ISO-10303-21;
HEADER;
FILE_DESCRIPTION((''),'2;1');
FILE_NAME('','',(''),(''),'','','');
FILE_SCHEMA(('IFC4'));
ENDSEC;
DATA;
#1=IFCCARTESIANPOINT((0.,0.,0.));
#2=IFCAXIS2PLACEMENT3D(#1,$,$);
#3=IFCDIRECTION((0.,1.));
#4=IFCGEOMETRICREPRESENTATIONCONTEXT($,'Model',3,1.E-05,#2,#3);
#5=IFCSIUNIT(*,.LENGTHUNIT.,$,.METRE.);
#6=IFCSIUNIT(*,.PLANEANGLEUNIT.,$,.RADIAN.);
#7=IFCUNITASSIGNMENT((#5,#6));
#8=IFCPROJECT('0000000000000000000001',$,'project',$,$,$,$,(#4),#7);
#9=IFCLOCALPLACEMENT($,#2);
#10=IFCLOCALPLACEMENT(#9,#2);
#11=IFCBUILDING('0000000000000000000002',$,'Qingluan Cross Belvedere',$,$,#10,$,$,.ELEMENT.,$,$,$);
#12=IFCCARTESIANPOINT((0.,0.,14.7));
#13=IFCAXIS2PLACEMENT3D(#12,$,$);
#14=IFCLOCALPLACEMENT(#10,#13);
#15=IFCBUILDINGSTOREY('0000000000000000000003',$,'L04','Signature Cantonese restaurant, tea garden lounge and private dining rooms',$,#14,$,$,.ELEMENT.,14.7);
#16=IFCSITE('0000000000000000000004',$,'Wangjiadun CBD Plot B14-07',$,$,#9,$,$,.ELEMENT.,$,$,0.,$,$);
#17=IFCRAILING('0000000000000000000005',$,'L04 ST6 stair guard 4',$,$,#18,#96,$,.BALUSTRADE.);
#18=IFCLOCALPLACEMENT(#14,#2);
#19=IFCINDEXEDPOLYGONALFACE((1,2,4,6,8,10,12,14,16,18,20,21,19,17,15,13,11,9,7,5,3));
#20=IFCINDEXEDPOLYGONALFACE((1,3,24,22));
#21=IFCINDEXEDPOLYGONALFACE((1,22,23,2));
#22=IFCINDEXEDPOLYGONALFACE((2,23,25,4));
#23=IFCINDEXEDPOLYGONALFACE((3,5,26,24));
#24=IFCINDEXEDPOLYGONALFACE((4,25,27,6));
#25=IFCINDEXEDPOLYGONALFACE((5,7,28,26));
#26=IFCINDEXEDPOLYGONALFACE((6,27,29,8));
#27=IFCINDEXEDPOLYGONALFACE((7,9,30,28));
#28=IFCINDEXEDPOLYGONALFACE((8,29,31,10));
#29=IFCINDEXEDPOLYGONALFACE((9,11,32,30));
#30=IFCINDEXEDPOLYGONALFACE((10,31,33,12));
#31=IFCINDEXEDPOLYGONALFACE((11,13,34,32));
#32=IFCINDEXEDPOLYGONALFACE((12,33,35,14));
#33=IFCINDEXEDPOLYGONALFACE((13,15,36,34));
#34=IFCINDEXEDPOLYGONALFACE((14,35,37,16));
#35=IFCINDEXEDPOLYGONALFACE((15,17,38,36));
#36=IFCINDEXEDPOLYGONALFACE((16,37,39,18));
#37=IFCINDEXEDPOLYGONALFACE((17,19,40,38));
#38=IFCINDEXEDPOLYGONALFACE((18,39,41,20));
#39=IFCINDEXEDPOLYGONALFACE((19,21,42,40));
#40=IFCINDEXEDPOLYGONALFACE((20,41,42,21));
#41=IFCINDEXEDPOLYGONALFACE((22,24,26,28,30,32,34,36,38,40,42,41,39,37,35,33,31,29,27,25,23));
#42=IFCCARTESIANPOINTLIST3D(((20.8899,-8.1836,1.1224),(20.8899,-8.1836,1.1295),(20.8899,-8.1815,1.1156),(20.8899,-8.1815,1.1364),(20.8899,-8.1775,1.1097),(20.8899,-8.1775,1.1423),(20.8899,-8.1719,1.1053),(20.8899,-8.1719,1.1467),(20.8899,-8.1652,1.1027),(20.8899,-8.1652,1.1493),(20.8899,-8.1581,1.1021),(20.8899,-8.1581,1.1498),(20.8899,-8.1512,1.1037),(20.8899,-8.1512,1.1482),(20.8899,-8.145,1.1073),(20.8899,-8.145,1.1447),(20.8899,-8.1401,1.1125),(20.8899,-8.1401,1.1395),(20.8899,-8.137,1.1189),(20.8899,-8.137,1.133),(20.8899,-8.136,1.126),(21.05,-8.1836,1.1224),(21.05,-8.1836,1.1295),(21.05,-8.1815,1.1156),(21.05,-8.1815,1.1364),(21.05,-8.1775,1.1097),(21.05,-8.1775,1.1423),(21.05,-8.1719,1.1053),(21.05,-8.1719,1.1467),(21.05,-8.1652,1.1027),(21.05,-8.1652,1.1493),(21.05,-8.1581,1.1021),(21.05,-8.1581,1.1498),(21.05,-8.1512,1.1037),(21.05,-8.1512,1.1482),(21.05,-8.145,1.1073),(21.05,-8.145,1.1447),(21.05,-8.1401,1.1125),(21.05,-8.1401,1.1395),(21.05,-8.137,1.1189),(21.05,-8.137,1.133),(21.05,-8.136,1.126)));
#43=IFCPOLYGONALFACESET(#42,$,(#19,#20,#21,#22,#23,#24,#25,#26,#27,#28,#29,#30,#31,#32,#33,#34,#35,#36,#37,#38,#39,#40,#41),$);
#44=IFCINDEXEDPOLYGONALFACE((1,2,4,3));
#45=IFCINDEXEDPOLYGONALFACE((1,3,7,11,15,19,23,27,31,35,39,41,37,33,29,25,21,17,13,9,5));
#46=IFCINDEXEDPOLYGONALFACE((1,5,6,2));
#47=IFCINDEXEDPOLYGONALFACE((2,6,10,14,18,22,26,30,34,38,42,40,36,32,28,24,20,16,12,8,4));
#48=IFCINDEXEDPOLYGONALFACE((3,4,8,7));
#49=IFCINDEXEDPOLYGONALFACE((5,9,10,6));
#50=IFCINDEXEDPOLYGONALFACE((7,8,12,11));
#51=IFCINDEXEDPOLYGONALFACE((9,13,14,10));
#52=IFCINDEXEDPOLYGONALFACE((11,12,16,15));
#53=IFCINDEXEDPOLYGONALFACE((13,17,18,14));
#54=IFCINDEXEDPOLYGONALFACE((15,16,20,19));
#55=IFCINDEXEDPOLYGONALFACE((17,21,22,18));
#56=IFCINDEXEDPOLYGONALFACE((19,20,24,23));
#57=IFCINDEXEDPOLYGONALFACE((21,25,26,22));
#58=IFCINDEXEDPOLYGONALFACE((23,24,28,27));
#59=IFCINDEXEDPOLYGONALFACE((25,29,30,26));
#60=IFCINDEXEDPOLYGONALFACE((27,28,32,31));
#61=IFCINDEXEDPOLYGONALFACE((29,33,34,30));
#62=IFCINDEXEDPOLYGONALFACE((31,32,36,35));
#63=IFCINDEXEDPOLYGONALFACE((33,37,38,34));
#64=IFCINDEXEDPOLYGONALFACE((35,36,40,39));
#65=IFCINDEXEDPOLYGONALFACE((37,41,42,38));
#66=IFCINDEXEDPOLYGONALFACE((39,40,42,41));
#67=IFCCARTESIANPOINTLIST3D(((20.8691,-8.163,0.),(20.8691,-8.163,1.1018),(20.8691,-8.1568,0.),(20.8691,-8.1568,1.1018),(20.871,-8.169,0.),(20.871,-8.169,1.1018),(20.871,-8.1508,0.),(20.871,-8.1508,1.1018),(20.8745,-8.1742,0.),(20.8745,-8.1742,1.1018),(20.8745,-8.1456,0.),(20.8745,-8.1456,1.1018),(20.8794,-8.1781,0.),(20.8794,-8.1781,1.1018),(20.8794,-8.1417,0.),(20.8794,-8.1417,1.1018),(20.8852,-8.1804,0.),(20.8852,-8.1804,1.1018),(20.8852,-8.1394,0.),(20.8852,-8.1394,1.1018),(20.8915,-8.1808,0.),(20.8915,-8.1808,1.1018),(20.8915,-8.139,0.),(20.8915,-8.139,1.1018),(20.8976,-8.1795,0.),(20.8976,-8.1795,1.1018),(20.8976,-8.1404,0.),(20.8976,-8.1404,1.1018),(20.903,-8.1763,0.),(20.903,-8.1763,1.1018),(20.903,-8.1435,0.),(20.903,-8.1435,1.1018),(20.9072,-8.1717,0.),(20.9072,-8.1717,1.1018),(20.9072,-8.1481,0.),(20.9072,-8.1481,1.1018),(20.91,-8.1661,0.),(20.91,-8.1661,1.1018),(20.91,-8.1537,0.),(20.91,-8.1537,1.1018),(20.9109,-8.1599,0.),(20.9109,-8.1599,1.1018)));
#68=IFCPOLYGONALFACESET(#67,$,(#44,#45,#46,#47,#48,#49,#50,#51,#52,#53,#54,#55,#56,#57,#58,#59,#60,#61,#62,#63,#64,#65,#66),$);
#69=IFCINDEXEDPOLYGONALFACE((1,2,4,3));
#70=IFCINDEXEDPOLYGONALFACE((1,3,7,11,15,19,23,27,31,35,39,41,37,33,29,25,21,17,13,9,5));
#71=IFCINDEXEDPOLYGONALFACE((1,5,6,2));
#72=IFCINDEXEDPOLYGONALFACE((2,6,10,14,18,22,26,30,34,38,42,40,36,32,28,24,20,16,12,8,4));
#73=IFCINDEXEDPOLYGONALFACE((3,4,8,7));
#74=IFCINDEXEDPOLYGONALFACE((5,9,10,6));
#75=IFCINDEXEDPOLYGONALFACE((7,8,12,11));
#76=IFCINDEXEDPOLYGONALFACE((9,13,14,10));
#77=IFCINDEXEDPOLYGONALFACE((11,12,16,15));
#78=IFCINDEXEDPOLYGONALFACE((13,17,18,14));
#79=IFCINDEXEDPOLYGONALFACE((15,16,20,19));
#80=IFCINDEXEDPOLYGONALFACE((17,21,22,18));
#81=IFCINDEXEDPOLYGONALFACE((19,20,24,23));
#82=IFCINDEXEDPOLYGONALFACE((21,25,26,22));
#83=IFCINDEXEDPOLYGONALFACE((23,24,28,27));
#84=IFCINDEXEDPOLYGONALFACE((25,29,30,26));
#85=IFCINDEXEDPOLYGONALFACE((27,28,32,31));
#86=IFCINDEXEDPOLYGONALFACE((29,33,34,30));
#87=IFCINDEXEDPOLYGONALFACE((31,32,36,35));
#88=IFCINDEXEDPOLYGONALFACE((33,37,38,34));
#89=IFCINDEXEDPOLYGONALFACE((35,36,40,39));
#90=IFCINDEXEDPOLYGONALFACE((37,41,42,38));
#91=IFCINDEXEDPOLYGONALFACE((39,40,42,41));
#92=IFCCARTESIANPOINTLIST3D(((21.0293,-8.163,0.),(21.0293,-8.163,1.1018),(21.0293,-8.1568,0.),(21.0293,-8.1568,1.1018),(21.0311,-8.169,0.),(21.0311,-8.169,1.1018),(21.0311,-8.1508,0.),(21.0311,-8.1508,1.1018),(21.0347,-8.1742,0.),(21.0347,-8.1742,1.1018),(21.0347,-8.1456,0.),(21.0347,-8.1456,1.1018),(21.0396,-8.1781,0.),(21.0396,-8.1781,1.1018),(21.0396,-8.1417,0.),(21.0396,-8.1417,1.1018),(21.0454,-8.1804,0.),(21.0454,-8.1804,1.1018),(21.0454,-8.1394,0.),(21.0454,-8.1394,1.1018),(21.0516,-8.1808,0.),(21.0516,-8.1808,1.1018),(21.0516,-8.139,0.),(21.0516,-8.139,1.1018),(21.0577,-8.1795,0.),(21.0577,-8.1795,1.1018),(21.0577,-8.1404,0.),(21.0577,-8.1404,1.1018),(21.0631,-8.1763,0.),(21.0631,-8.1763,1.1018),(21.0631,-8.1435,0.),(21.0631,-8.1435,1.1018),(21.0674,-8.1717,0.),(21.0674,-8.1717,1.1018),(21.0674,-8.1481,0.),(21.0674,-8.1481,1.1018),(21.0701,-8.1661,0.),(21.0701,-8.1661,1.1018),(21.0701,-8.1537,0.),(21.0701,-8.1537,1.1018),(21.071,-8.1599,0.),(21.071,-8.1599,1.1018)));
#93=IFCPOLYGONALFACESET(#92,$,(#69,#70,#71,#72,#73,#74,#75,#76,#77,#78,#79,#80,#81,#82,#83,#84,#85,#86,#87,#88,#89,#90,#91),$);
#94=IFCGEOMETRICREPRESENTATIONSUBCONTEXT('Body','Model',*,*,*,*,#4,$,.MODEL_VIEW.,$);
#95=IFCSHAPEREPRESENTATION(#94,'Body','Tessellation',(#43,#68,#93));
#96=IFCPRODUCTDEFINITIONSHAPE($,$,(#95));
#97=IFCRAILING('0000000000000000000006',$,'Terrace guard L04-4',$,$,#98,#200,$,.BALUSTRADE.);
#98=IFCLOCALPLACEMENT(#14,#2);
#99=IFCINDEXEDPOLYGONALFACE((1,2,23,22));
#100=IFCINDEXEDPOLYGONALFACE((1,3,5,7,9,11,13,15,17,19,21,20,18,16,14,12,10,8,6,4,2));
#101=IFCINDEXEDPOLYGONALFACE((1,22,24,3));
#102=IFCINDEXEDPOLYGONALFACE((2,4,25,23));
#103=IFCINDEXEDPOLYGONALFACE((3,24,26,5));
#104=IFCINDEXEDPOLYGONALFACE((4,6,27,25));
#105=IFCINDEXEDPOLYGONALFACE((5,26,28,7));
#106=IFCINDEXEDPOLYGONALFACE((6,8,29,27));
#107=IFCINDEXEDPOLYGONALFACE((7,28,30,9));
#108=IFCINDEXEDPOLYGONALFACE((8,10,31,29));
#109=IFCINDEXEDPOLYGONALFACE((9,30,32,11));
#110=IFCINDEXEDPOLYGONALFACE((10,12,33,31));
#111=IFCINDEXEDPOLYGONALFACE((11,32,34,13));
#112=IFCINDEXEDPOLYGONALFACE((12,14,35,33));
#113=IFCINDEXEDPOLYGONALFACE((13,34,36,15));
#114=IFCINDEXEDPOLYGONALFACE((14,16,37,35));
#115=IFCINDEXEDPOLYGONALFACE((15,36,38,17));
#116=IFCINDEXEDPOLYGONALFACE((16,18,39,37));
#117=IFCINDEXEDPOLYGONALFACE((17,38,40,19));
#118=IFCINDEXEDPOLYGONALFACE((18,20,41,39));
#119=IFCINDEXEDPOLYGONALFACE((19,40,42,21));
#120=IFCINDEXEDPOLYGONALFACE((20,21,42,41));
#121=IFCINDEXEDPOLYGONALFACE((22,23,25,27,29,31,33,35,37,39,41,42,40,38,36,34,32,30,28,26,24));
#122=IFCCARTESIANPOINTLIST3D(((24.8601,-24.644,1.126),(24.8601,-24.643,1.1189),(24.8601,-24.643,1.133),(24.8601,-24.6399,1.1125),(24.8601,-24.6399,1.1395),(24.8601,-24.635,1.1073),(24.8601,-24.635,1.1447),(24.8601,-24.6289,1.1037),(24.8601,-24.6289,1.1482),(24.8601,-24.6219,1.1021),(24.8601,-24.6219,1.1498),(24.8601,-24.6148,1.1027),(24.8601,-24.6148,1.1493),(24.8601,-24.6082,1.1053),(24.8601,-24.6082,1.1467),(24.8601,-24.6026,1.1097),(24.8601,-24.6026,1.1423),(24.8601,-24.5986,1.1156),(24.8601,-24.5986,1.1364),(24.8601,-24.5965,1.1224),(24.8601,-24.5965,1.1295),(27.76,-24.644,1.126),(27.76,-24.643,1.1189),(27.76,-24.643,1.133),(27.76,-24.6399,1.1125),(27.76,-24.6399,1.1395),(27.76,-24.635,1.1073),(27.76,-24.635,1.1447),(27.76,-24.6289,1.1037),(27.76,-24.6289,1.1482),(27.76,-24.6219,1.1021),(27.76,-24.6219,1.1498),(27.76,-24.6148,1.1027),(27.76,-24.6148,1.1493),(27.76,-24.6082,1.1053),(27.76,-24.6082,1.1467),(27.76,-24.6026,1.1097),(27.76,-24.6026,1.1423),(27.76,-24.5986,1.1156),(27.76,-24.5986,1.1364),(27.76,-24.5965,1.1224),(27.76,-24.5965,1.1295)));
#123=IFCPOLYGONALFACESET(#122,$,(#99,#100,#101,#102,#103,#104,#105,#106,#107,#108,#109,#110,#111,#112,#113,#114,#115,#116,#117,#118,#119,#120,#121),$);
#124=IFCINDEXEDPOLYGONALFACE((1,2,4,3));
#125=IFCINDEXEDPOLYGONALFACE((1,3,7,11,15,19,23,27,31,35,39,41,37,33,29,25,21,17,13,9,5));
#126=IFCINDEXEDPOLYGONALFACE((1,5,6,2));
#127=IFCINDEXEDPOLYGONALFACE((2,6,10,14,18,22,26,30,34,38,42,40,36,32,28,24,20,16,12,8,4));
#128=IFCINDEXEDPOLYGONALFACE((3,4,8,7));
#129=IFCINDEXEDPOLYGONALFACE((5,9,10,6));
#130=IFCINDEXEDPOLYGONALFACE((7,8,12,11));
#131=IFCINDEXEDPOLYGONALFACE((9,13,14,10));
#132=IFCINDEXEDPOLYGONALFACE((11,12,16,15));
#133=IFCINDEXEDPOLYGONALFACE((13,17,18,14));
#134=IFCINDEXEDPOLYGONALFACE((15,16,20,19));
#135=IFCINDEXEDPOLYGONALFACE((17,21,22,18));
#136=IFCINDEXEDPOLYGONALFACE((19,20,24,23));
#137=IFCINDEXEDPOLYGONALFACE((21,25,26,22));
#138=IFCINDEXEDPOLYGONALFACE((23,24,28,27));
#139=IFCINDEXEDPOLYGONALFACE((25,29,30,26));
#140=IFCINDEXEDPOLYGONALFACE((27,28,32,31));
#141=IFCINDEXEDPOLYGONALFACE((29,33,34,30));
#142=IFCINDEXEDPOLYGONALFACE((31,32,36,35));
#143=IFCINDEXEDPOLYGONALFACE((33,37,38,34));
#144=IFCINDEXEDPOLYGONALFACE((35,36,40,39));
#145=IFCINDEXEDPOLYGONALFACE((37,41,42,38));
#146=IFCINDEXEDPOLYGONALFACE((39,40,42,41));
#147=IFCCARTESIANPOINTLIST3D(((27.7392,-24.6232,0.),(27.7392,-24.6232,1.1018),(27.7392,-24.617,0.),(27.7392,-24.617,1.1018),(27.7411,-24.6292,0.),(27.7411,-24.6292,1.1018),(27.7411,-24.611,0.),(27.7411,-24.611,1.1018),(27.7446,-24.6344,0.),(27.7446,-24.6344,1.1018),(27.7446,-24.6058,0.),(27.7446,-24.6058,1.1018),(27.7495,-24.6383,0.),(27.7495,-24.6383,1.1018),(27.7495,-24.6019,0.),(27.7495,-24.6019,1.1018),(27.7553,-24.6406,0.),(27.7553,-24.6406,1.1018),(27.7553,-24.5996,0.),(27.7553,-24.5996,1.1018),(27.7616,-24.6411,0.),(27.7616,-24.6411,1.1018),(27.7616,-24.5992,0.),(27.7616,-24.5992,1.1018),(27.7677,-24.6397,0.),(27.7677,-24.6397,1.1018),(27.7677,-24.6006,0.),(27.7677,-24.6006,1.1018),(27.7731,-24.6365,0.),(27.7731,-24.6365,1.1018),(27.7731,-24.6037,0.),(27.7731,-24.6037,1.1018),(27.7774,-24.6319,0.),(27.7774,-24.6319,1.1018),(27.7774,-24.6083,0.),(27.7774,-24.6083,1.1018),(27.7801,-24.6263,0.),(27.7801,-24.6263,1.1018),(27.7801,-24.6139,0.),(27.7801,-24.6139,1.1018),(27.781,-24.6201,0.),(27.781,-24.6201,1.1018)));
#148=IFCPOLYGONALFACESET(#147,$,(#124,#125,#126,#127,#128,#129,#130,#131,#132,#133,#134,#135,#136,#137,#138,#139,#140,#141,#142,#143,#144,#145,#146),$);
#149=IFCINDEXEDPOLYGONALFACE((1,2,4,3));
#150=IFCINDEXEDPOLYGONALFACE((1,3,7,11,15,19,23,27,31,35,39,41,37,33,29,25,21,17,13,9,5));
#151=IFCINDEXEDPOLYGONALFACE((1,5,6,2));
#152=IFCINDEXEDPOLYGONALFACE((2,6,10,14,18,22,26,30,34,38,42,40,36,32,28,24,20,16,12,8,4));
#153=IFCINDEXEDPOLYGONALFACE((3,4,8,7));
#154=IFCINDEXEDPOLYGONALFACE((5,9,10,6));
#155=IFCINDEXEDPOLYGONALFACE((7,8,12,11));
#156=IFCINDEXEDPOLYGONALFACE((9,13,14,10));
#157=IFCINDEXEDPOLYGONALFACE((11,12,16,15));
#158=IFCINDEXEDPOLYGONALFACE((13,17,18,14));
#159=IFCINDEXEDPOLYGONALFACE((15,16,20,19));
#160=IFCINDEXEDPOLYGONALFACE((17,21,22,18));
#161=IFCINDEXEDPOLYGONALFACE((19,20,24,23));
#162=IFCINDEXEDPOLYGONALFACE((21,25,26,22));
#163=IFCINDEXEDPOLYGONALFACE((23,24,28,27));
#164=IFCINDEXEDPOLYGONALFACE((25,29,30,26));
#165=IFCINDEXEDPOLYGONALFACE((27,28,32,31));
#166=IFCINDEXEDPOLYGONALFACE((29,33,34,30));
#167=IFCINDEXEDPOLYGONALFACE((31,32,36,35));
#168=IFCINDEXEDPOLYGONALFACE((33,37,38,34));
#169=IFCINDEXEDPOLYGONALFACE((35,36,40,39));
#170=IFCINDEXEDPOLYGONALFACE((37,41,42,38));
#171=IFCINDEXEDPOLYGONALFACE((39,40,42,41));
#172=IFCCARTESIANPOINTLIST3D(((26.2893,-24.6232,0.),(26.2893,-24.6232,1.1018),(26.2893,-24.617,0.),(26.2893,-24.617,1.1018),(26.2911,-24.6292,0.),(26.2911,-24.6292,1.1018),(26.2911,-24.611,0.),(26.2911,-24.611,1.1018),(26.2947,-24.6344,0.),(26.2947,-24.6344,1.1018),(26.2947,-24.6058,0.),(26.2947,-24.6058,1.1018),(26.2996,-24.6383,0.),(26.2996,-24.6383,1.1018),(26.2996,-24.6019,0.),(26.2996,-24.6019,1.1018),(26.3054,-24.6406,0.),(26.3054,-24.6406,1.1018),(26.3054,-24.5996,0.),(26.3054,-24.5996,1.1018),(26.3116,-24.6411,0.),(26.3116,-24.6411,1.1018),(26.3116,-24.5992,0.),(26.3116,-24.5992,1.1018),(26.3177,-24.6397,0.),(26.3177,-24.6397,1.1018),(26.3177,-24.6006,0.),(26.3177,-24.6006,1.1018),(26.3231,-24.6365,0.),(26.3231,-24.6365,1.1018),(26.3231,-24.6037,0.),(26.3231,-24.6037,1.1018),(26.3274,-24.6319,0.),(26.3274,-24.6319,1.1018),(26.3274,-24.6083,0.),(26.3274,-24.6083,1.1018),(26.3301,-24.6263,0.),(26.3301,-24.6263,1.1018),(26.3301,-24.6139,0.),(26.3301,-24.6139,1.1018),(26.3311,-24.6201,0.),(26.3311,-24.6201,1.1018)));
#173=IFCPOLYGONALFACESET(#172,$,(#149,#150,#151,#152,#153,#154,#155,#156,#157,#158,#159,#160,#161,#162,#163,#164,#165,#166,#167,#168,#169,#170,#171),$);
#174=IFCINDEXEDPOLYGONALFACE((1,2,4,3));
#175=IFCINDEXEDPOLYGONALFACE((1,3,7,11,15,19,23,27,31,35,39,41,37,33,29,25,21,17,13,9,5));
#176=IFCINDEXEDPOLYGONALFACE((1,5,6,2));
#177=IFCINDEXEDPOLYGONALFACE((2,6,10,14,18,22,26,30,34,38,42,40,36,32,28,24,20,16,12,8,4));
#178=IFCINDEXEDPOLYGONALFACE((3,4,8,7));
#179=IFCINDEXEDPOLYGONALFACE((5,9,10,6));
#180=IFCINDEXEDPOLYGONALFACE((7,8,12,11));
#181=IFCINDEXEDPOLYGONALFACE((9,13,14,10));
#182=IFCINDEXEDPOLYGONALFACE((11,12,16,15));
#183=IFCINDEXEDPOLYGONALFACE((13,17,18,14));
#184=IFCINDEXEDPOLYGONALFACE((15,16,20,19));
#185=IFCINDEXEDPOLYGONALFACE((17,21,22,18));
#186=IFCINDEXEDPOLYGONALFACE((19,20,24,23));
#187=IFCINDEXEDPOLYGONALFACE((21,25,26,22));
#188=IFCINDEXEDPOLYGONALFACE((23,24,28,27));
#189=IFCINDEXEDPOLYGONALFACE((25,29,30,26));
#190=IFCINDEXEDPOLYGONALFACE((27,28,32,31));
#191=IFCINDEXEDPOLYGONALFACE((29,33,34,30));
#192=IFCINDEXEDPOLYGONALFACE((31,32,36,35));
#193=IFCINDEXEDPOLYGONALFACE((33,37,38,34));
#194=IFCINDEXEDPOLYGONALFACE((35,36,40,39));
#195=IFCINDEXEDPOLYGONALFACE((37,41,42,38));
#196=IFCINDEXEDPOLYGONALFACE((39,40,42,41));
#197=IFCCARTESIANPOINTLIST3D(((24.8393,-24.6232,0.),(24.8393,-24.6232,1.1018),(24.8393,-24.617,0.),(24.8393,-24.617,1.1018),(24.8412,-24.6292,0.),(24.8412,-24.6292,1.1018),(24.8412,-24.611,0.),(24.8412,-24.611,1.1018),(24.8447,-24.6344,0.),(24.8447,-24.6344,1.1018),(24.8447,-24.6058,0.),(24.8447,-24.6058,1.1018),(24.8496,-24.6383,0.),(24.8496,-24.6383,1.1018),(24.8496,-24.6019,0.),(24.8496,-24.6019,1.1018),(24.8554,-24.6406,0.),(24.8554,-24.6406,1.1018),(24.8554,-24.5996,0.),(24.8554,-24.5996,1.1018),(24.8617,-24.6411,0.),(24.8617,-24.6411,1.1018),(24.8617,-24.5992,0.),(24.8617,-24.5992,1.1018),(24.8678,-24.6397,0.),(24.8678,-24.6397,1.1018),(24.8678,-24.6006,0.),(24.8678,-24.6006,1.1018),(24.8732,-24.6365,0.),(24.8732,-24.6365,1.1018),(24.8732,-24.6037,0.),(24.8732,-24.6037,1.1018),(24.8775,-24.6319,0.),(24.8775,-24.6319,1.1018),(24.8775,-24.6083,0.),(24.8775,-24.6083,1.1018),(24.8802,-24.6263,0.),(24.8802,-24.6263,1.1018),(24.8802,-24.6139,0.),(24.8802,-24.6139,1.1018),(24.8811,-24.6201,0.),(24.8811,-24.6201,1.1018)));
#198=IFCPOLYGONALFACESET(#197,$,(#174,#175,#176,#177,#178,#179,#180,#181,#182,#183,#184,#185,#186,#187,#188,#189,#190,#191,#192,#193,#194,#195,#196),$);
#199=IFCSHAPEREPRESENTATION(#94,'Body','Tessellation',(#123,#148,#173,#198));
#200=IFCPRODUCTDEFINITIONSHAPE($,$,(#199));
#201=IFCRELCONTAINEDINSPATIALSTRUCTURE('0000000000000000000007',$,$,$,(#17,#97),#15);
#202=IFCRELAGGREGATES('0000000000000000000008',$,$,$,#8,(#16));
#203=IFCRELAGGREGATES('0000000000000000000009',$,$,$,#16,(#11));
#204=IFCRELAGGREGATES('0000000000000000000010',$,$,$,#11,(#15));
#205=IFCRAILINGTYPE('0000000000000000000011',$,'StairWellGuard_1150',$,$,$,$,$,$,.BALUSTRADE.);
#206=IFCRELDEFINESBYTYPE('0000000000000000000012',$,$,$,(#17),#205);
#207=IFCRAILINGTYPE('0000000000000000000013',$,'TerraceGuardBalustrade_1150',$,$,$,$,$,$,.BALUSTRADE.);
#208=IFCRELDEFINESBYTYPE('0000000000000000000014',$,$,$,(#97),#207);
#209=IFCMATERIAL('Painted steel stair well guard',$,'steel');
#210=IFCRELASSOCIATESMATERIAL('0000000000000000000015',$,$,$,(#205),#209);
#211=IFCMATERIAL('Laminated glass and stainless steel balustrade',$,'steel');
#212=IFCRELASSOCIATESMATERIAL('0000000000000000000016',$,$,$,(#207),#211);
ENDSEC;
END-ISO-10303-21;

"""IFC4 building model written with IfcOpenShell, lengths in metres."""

from ifc_helpers import new_model, si_unit, direction, frame, origin, origin_2d, place, context, subcontext, project, spatial, circle, extrude, material, type_object, element, save


model = new_model("IFC4")

# Units and contexts
model_context = context("Model", 3, precision=1e-05, world=origin(), true_north=direction((0.0, 1.0)))
body_context = subcontext(model_context, "Body", "Model", "MODEL_VIEW")
ifc_project = project(units=[si_unit("LENGTHUNIT", "METRE"), si_unit("PLANEANGLEUNIT", "RADIAN")], contexts=[model_context])

# Site, building, storey
site_placement = place(None, origin())
site = spatial("IfcSite", under=ifc_project, at=site_placement, Name="Wangjiadun CBD Plot B14-07", CompositionType="ELEMENT", RefElevation=0.0)
building_placement = place(site_placement, origin())
building = spatial("IfcBuilding", under=site, at=building_placement, Name="Qingluan Cross Belvedere", CompositionType="ELEMENT")
storey_placement = place(building_placement, frame((0.0, 0.0, 14.7)))
storey = spatial("IfcBuildingStorey", under=building, at=storey_placement, Name="L04", Description="Signature Cantonese restaurant, tea garden lounge and private dining rooms", CompositionType="ELEMENT", Elevation=14.7)

# Railings
ifc_material_1 = material(Name="Painted steel stair well guard", Category="steel")
railing_type_1 = type_object("IfcRailingType", Name="StairWellGuard_1150", PredefinedType="BALUSTRADE", material=ifc_material_1)
railing_1_placement = place(storey_placement, frame((20.8899, -8.1599, 0.0)))
element("IfcRailing", 1, at=railing_1_placement, inside=storey, type_object=railing_type_1, Name="L04 ST6 stair guard 4", PredefinedType="BALUSTRADE", context=body_context, shape_type="SweptSolid", body=[
    extrude(circle(Radius=0.0239, at=origin_2d()), frame((0.0, 0.0, 1.126), z_axis=(1.0, 0.0, 0.0), x_axis=(0.0, 1.0, 0.0)), (0.0, 0.0, 1.0), 0.1602),
    extrude(circle(Radius=0.021, at=origin_2d()), origin(), (0.0, 0.0, 1.0), 1.1018),
    extrude(circle(Radius=0.021, at=origin_2d()), frame((0.1602, 0.0, 0.0)), (0.0, 0.0, 1.0), 1.1018),
])
ifc_material_2 = material(Name="Laminated glass and stainless steel balustrade", Category="steel")
railing_type_2 = type_object("IfcRailingType", Name="TerraceGuardBalustrade_1150", PredefinedType="BALUSTRADE", material=ifc_material_2)
railing_2_placement = place(storey_placement, frame((27.76, -24.6201, 0.0)))
element("IfcRailing", 2, at=railing_2_placement, inside=storey, type_object=railing_type_2, Name="Terrace guard L04-4", PredefinedType="BALUSTRADE", context=body_context, shape_type="SweptSolid", body=[
    extrude(circle(Radius=0.0239, at=origin_2d()), frame((0.0, 0.0, 1.126), z_axis=(-1.0, 0.0, 0.0), x_axis=(0.0, -1.0, 0.0)), (0.0, 0.0, 1.0), 2.8999),
    extrude(circle(Radius=0.021, at=origin_2d()), origin(), (0.0, 0.0, 1.0), 1.1018),
    extrude(circle(Radius=0.021, at=origin_2d()), frame((-1.45, 0.0, 0.0)), (0.0, 0.0, 1.0), 1.1018),
    extrude(circle(Radius=0.021, at=origin_2d()), frame((-2.8999, 0.0, 0.0)), (0.0, 0.0, 1.0), 1.1018),
])

save(model, "model.ifc")
